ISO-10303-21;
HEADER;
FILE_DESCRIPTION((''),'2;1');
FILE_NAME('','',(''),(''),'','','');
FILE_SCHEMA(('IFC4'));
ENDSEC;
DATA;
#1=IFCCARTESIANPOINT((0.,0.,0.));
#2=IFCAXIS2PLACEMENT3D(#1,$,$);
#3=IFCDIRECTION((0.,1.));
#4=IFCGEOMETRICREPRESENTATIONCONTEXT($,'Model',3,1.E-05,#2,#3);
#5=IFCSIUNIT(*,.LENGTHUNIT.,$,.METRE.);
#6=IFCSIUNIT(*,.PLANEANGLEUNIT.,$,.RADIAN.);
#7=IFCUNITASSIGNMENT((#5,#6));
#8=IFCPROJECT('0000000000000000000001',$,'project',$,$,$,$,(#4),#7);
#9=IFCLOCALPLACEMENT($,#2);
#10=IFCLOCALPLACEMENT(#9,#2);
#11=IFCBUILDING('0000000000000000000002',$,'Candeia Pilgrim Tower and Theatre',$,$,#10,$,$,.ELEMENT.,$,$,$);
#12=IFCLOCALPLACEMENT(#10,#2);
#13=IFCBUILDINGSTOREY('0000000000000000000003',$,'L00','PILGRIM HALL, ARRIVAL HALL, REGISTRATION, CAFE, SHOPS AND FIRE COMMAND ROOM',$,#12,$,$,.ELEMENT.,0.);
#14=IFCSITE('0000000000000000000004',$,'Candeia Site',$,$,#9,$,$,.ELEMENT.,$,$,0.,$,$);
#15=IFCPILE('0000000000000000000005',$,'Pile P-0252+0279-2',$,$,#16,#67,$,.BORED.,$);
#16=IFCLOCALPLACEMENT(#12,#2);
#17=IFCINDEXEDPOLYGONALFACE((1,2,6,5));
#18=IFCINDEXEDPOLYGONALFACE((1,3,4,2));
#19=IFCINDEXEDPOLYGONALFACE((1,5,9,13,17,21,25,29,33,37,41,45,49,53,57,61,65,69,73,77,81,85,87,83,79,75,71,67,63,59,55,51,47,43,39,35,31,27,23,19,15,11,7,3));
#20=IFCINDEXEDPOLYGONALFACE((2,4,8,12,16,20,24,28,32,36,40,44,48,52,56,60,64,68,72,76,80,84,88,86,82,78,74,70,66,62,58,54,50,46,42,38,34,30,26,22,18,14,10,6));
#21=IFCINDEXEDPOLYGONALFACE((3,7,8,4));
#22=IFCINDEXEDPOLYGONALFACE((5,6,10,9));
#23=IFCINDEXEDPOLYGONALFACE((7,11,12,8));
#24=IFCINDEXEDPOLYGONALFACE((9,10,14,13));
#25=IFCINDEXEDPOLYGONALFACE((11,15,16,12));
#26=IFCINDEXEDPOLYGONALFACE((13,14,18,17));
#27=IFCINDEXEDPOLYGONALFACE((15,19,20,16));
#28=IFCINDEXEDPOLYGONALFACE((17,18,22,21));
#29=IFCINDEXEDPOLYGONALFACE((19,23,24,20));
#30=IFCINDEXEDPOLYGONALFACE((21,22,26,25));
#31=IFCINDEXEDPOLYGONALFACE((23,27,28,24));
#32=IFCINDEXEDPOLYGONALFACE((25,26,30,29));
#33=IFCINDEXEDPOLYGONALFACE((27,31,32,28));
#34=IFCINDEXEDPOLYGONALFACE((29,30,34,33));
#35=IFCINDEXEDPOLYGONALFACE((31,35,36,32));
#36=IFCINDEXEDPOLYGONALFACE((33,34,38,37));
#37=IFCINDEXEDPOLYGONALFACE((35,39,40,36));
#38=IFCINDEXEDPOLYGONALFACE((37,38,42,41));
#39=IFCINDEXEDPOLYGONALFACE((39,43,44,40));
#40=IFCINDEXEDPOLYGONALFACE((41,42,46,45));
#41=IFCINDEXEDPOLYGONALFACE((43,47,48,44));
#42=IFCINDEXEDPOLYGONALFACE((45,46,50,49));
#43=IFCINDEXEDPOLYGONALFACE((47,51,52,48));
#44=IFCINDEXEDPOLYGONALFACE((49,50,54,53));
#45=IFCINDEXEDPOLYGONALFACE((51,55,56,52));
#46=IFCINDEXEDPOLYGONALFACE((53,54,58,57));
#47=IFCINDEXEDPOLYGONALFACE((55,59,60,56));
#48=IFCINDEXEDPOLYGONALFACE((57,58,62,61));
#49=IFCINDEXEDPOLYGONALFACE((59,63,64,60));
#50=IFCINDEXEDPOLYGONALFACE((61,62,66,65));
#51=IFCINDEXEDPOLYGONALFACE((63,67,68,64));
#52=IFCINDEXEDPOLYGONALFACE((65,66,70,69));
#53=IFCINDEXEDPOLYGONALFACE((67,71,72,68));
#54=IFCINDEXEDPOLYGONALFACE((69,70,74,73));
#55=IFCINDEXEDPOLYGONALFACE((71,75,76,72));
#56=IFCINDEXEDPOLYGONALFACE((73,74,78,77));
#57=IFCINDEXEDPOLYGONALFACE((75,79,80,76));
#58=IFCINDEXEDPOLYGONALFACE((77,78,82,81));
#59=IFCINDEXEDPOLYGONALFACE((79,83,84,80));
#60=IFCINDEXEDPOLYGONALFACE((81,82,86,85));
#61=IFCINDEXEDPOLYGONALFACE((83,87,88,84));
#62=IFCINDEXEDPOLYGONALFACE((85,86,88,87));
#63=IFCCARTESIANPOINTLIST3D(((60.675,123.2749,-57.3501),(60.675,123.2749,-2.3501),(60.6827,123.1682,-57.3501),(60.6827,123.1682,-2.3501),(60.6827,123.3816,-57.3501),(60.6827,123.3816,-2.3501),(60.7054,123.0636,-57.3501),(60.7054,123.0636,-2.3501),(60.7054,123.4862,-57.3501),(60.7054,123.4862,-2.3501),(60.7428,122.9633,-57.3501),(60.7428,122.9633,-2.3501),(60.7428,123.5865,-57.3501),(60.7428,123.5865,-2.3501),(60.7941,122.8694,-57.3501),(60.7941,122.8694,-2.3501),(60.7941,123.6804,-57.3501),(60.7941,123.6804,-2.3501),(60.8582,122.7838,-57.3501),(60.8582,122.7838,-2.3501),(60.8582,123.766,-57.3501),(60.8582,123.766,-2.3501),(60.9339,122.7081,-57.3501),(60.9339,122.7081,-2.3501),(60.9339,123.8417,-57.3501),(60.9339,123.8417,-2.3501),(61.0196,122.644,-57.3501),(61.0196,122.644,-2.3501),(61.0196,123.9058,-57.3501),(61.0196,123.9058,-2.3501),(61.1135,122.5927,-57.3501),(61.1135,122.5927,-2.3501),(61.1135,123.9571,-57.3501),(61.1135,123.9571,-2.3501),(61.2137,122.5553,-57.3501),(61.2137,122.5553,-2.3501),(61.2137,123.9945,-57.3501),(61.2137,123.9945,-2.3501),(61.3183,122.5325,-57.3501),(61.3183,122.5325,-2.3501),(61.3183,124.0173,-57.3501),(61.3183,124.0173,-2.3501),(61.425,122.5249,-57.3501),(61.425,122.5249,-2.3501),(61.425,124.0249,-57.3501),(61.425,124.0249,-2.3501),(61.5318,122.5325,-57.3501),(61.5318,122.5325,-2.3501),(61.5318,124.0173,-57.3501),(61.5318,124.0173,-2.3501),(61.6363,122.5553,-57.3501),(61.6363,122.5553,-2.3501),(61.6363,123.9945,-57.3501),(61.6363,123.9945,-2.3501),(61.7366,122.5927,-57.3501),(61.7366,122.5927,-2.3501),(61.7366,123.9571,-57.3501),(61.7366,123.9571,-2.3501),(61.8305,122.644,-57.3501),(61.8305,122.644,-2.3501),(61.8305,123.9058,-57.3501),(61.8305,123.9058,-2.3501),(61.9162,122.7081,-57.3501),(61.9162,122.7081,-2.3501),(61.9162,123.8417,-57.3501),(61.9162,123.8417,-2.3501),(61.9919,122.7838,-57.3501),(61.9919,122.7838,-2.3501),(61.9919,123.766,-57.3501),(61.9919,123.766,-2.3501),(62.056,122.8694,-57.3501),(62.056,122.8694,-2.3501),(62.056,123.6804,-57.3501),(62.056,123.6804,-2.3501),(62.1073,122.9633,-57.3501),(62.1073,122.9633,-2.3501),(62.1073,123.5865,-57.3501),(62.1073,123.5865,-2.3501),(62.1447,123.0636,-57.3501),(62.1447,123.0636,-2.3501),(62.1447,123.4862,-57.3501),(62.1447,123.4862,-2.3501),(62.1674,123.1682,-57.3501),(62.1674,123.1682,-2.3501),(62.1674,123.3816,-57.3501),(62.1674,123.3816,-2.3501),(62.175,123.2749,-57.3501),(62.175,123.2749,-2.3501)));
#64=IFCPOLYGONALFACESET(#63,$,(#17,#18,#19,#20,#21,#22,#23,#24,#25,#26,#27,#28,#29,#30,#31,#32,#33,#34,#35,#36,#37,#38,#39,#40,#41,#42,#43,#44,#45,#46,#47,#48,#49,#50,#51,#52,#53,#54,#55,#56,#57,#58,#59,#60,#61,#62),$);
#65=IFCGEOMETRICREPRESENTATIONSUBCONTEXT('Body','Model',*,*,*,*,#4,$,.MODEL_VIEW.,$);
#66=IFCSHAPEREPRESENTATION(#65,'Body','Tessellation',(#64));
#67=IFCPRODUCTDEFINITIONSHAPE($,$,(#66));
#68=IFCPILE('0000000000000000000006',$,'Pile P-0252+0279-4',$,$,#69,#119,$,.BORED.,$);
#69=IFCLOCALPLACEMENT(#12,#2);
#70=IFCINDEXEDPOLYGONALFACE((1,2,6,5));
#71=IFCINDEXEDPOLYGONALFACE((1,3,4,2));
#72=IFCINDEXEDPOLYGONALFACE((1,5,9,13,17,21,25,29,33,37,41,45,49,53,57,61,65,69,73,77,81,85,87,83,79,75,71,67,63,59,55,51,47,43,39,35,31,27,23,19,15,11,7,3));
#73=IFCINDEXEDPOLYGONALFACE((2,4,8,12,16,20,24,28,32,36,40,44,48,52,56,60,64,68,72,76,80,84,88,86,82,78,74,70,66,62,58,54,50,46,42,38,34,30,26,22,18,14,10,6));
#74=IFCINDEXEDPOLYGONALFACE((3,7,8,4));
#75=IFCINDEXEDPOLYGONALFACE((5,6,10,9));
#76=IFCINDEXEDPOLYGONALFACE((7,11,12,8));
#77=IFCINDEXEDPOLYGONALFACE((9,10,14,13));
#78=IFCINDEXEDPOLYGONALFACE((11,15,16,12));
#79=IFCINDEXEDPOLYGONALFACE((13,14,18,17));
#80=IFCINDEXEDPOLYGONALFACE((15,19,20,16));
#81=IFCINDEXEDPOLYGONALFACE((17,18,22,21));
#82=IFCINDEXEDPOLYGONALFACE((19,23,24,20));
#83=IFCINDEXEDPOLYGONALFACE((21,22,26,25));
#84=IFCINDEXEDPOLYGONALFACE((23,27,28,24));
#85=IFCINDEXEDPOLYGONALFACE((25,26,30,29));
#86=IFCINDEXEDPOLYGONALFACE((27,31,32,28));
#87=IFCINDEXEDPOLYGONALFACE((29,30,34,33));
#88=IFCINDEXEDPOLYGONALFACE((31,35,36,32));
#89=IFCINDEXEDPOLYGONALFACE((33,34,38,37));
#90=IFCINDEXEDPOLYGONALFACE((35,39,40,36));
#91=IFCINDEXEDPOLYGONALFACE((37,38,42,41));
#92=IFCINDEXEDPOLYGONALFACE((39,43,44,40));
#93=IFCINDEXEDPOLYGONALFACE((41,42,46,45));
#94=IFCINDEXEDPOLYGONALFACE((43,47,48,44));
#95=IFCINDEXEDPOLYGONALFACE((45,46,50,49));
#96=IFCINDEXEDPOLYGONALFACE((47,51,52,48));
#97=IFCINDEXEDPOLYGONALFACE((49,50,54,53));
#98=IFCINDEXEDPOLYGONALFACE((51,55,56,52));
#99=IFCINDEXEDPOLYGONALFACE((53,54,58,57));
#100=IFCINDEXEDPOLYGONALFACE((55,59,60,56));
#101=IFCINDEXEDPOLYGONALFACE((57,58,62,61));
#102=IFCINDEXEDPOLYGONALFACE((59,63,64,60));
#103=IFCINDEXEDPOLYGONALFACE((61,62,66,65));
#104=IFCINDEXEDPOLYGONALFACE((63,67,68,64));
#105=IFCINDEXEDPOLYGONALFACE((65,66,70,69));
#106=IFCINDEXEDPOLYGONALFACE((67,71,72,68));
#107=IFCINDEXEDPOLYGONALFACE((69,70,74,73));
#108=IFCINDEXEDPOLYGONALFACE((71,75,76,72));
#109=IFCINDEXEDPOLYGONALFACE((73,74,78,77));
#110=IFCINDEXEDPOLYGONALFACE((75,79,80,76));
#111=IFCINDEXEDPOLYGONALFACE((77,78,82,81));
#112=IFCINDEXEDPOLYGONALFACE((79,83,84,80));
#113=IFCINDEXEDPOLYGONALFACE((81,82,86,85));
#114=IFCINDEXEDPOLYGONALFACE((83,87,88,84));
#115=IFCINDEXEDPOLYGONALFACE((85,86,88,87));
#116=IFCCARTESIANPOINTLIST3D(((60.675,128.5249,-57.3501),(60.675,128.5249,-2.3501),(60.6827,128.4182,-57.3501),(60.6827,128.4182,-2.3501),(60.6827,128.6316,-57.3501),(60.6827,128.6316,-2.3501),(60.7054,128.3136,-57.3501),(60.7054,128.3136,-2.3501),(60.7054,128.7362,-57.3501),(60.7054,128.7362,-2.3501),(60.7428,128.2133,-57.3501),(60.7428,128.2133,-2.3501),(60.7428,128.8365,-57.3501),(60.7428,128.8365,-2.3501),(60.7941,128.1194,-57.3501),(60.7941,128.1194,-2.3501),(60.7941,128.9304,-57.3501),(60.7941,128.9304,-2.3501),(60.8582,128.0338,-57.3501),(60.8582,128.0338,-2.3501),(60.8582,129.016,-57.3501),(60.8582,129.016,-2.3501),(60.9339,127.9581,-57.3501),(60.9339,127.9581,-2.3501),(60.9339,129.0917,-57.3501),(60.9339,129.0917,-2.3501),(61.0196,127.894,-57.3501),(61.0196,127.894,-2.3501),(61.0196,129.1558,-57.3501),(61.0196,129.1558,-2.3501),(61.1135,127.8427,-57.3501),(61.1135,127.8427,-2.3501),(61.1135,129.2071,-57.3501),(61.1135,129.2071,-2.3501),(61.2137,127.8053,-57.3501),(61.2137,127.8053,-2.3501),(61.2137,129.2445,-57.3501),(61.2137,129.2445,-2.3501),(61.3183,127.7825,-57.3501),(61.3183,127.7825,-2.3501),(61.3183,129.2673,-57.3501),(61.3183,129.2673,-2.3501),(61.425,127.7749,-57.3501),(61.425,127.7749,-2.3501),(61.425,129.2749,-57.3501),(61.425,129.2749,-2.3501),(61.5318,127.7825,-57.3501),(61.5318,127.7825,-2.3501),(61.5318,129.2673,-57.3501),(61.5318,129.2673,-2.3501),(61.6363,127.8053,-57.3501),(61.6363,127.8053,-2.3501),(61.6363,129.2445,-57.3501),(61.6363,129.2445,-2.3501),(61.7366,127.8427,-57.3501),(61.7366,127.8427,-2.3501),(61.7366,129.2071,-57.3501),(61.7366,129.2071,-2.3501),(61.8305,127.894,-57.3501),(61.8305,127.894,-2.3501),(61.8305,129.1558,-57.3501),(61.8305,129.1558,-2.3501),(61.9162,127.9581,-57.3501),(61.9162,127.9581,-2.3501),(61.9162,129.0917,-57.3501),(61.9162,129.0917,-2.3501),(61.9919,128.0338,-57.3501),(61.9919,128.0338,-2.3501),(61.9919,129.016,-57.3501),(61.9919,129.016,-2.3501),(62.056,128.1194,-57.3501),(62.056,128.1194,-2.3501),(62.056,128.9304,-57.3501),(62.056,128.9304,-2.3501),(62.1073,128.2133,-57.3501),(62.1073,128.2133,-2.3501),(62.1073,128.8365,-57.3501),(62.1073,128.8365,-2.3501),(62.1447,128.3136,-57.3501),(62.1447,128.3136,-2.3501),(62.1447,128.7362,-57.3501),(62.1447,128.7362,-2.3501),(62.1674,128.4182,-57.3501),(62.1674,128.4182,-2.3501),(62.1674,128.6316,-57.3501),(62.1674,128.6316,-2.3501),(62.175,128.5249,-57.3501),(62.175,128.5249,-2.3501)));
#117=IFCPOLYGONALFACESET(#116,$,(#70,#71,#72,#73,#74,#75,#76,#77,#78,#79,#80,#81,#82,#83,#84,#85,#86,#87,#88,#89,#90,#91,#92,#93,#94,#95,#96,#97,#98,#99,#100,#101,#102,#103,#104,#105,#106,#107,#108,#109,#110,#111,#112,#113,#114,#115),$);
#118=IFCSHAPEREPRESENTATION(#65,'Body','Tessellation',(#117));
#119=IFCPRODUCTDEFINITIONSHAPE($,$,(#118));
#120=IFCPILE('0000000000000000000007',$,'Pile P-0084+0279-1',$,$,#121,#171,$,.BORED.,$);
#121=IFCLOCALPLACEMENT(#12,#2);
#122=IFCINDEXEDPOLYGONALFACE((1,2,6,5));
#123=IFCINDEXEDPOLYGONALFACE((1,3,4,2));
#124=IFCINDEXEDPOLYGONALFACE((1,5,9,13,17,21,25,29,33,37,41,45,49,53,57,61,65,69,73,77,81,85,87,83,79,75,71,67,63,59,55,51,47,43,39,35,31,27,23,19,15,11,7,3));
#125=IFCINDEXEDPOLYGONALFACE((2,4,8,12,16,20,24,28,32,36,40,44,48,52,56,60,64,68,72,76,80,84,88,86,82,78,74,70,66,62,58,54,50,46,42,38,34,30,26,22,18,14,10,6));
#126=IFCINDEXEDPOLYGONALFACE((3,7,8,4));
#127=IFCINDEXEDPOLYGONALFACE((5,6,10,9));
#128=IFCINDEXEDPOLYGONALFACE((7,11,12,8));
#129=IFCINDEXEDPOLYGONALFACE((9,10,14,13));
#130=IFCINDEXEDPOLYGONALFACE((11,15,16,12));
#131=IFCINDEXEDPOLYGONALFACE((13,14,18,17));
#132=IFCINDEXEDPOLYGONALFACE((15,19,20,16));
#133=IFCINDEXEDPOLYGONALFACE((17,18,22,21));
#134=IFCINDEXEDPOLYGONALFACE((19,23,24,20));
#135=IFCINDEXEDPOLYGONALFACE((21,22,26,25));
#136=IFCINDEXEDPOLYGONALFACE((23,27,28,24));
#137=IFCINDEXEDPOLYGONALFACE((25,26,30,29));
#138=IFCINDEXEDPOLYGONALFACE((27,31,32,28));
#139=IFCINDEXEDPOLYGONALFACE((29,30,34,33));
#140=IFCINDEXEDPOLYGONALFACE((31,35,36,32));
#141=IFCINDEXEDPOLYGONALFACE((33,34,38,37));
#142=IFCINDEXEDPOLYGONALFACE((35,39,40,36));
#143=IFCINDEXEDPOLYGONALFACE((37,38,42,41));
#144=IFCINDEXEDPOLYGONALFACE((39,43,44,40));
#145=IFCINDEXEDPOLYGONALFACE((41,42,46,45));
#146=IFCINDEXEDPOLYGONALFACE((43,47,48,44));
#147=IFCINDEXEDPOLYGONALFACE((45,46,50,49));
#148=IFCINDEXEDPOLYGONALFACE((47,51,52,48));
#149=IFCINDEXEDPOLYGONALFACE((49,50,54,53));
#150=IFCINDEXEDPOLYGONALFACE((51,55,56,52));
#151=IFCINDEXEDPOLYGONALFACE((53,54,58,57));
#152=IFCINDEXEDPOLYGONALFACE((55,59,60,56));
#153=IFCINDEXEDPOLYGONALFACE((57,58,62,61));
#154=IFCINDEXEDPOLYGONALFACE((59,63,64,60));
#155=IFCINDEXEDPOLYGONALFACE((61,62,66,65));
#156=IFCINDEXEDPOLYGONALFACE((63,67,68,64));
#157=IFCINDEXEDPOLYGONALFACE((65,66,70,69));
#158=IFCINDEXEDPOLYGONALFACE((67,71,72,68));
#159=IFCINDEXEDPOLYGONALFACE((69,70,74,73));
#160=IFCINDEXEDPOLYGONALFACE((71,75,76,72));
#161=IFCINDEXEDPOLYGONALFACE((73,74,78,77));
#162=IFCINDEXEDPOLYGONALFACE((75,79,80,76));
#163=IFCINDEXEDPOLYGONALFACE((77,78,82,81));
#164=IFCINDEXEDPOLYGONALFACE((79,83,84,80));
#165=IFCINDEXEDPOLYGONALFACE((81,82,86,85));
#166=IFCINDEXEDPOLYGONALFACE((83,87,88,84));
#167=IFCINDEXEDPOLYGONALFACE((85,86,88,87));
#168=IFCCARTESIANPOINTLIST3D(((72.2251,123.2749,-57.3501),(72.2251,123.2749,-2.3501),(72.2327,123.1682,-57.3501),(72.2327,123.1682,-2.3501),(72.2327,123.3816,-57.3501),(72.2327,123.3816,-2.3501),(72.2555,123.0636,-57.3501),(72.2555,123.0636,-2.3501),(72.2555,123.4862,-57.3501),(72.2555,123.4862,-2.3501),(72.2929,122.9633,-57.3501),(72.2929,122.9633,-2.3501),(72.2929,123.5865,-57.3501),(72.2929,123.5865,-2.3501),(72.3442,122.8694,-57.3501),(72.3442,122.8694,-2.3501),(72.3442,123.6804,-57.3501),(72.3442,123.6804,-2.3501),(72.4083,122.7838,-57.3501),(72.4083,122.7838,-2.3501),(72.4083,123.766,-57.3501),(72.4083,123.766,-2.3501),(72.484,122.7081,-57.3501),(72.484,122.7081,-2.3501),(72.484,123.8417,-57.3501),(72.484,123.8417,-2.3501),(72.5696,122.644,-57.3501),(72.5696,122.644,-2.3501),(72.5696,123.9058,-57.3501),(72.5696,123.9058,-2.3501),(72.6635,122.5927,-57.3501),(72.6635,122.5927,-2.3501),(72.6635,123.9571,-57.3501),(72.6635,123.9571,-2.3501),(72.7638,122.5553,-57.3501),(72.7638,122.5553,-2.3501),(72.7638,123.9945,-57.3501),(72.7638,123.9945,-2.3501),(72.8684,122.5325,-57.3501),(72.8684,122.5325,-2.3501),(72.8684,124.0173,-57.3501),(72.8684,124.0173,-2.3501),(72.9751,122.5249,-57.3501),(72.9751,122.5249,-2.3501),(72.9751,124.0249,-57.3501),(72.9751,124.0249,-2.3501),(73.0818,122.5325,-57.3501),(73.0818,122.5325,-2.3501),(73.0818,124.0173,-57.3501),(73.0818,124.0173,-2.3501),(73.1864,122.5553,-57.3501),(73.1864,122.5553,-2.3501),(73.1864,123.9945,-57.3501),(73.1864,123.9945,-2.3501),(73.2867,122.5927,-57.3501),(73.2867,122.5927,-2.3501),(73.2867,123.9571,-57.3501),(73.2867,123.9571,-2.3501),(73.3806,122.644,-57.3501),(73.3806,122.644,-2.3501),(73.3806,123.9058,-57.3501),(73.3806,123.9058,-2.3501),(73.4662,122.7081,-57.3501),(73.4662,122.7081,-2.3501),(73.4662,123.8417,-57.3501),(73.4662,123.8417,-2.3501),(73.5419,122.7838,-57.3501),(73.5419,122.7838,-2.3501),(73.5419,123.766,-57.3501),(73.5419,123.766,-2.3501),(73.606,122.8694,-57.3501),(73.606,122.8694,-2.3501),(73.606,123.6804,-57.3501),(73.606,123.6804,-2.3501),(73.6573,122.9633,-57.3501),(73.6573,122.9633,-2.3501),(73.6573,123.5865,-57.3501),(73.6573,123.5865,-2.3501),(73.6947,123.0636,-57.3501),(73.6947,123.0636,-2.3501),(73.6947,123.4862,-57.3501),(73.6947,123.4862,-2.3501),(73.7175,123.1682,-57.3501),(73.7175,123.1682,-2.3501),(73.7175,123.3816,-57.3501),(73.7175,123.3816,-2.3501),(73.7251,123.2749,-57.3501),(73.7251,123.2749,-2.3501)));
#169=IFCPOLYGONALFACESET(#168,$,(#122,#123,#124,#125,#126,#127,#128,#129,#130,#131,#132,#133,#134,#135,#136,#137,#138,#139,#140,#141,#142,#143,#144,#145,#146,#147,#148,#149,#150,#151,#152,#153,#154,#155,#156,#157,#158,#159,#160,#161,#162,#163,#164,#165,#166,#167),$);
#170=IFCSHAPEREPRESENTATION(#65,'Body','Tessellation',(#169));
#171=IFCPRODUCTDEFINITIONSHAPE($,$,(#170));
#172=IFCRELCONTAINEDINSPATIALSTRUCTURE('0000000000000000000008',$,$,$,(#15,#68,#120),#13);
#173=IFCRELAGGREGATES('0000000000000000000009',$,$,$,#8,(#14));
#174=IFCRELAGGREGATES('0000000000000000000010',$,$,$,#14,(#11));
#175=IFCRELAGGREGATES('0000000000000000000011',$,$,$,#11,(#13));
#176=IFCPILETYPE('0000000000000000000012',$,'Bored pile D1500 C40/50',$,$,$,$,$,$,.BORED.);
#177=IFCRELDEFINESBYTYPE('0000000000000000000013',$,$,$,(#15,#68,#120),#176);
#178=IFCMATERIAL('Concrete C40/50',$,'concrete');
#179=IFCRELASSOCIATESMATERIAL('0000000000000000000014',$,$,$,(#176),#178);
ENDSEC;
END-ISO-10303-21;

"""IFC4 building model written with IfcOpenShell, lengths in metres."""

from ifc_helpers import new_model, si_unit, direction, frame, origin, origin_2d, place, context, subcontext, project, spatial, circle, extrude, material, material_profile, profile_set, type_object, element, save


model = new_model("IFC4")

# Units and contexts
model_context = context("Model", 3, precision=1e-05, world=origin(), true_north=direction((0.0, 1.0)))
body_context = subcontext(model_context, "Body", "Model", "MODEL_VIEW")
ifc_project = project(units=[si_unit("LENGTHUNIT", "METRE"), si_unit("PLANEANGLEUNIT", "RADIAN")], contexts=[model_context])

# Site, building, storey
site_placement = place(None, origin())
site = spatial("IfcSite", under=ifc_project, at=site_placement, Name="Candeia Site", CompositionType="ELEMENT", RefElevation=0.0)
building_placement = place(site_placement, origin())
building = spatial("IfcBuilding", under=site, at=building_placement, Name="Candeia Pilgrim Tower and Theatre", CompositionType="ELEMENT")
storey_placement = place(building_placement, origin())
storey = spatial("IfcBuildingStorey", under=building, at=storey_placement, Name="L00", Description="PILGRIM HALL, ARRIVAL HALL, REGISTRATION, CAFE, SHOPS AND FIRE COMMAND ROOM", CompositionType="ELEMENT", Elevation=0.0)

# Piles
ifc_material_1 = material(Name="Concrete C40/50", Category="concrete")
ifc_material_profile_1 = material_profile(ifc_material_1, circle(Radius=0.75, at=origin_2d()))
ifc_profile_set_1 = profile_set([ifc_material_profile_1], Name="Concrete C40/50")
pile_type = type_object("IfcPileType", Name="Bored pile D1500 C40/50", PredefinedType="BORED", material=ifc_profile_set_1)
for number, where, z_axis, x_axis, name in (
    (1, (61.425, 123.2749, -2.3501), (0.0, 0.0, -1.0), (1.0, 0.0, 0.0), "Pile P-0252+0279-2"),
    (2, (61.425, 128.5249, -2.3501), (0.0, 0.0, -1.0), (1.0, 0.0, 0.0), "Pile P-0252+0279-4"),
    (3, (72.9751, 123.2749, -2.3501), (0.0, 0.0, -1.0), (1.0, 0.0, 0.0), "Pile P-0084+0279-1"),
):
    element("IfcPile", number, at=place(storey_placement, frame(where, z_axis=z_axis, x_axis=x_axis)), inside=storey, type_object=pile_type, Name=name, PredefinedType="BORED", context=body_context, shape_type="SweptSolid", body=[
        extrude(circle(Radius=0.75, at=origin_2d()), origin(), (0.0, 0.0, 1.0), 55.0),
    ])

save(model, "model.ifc")
